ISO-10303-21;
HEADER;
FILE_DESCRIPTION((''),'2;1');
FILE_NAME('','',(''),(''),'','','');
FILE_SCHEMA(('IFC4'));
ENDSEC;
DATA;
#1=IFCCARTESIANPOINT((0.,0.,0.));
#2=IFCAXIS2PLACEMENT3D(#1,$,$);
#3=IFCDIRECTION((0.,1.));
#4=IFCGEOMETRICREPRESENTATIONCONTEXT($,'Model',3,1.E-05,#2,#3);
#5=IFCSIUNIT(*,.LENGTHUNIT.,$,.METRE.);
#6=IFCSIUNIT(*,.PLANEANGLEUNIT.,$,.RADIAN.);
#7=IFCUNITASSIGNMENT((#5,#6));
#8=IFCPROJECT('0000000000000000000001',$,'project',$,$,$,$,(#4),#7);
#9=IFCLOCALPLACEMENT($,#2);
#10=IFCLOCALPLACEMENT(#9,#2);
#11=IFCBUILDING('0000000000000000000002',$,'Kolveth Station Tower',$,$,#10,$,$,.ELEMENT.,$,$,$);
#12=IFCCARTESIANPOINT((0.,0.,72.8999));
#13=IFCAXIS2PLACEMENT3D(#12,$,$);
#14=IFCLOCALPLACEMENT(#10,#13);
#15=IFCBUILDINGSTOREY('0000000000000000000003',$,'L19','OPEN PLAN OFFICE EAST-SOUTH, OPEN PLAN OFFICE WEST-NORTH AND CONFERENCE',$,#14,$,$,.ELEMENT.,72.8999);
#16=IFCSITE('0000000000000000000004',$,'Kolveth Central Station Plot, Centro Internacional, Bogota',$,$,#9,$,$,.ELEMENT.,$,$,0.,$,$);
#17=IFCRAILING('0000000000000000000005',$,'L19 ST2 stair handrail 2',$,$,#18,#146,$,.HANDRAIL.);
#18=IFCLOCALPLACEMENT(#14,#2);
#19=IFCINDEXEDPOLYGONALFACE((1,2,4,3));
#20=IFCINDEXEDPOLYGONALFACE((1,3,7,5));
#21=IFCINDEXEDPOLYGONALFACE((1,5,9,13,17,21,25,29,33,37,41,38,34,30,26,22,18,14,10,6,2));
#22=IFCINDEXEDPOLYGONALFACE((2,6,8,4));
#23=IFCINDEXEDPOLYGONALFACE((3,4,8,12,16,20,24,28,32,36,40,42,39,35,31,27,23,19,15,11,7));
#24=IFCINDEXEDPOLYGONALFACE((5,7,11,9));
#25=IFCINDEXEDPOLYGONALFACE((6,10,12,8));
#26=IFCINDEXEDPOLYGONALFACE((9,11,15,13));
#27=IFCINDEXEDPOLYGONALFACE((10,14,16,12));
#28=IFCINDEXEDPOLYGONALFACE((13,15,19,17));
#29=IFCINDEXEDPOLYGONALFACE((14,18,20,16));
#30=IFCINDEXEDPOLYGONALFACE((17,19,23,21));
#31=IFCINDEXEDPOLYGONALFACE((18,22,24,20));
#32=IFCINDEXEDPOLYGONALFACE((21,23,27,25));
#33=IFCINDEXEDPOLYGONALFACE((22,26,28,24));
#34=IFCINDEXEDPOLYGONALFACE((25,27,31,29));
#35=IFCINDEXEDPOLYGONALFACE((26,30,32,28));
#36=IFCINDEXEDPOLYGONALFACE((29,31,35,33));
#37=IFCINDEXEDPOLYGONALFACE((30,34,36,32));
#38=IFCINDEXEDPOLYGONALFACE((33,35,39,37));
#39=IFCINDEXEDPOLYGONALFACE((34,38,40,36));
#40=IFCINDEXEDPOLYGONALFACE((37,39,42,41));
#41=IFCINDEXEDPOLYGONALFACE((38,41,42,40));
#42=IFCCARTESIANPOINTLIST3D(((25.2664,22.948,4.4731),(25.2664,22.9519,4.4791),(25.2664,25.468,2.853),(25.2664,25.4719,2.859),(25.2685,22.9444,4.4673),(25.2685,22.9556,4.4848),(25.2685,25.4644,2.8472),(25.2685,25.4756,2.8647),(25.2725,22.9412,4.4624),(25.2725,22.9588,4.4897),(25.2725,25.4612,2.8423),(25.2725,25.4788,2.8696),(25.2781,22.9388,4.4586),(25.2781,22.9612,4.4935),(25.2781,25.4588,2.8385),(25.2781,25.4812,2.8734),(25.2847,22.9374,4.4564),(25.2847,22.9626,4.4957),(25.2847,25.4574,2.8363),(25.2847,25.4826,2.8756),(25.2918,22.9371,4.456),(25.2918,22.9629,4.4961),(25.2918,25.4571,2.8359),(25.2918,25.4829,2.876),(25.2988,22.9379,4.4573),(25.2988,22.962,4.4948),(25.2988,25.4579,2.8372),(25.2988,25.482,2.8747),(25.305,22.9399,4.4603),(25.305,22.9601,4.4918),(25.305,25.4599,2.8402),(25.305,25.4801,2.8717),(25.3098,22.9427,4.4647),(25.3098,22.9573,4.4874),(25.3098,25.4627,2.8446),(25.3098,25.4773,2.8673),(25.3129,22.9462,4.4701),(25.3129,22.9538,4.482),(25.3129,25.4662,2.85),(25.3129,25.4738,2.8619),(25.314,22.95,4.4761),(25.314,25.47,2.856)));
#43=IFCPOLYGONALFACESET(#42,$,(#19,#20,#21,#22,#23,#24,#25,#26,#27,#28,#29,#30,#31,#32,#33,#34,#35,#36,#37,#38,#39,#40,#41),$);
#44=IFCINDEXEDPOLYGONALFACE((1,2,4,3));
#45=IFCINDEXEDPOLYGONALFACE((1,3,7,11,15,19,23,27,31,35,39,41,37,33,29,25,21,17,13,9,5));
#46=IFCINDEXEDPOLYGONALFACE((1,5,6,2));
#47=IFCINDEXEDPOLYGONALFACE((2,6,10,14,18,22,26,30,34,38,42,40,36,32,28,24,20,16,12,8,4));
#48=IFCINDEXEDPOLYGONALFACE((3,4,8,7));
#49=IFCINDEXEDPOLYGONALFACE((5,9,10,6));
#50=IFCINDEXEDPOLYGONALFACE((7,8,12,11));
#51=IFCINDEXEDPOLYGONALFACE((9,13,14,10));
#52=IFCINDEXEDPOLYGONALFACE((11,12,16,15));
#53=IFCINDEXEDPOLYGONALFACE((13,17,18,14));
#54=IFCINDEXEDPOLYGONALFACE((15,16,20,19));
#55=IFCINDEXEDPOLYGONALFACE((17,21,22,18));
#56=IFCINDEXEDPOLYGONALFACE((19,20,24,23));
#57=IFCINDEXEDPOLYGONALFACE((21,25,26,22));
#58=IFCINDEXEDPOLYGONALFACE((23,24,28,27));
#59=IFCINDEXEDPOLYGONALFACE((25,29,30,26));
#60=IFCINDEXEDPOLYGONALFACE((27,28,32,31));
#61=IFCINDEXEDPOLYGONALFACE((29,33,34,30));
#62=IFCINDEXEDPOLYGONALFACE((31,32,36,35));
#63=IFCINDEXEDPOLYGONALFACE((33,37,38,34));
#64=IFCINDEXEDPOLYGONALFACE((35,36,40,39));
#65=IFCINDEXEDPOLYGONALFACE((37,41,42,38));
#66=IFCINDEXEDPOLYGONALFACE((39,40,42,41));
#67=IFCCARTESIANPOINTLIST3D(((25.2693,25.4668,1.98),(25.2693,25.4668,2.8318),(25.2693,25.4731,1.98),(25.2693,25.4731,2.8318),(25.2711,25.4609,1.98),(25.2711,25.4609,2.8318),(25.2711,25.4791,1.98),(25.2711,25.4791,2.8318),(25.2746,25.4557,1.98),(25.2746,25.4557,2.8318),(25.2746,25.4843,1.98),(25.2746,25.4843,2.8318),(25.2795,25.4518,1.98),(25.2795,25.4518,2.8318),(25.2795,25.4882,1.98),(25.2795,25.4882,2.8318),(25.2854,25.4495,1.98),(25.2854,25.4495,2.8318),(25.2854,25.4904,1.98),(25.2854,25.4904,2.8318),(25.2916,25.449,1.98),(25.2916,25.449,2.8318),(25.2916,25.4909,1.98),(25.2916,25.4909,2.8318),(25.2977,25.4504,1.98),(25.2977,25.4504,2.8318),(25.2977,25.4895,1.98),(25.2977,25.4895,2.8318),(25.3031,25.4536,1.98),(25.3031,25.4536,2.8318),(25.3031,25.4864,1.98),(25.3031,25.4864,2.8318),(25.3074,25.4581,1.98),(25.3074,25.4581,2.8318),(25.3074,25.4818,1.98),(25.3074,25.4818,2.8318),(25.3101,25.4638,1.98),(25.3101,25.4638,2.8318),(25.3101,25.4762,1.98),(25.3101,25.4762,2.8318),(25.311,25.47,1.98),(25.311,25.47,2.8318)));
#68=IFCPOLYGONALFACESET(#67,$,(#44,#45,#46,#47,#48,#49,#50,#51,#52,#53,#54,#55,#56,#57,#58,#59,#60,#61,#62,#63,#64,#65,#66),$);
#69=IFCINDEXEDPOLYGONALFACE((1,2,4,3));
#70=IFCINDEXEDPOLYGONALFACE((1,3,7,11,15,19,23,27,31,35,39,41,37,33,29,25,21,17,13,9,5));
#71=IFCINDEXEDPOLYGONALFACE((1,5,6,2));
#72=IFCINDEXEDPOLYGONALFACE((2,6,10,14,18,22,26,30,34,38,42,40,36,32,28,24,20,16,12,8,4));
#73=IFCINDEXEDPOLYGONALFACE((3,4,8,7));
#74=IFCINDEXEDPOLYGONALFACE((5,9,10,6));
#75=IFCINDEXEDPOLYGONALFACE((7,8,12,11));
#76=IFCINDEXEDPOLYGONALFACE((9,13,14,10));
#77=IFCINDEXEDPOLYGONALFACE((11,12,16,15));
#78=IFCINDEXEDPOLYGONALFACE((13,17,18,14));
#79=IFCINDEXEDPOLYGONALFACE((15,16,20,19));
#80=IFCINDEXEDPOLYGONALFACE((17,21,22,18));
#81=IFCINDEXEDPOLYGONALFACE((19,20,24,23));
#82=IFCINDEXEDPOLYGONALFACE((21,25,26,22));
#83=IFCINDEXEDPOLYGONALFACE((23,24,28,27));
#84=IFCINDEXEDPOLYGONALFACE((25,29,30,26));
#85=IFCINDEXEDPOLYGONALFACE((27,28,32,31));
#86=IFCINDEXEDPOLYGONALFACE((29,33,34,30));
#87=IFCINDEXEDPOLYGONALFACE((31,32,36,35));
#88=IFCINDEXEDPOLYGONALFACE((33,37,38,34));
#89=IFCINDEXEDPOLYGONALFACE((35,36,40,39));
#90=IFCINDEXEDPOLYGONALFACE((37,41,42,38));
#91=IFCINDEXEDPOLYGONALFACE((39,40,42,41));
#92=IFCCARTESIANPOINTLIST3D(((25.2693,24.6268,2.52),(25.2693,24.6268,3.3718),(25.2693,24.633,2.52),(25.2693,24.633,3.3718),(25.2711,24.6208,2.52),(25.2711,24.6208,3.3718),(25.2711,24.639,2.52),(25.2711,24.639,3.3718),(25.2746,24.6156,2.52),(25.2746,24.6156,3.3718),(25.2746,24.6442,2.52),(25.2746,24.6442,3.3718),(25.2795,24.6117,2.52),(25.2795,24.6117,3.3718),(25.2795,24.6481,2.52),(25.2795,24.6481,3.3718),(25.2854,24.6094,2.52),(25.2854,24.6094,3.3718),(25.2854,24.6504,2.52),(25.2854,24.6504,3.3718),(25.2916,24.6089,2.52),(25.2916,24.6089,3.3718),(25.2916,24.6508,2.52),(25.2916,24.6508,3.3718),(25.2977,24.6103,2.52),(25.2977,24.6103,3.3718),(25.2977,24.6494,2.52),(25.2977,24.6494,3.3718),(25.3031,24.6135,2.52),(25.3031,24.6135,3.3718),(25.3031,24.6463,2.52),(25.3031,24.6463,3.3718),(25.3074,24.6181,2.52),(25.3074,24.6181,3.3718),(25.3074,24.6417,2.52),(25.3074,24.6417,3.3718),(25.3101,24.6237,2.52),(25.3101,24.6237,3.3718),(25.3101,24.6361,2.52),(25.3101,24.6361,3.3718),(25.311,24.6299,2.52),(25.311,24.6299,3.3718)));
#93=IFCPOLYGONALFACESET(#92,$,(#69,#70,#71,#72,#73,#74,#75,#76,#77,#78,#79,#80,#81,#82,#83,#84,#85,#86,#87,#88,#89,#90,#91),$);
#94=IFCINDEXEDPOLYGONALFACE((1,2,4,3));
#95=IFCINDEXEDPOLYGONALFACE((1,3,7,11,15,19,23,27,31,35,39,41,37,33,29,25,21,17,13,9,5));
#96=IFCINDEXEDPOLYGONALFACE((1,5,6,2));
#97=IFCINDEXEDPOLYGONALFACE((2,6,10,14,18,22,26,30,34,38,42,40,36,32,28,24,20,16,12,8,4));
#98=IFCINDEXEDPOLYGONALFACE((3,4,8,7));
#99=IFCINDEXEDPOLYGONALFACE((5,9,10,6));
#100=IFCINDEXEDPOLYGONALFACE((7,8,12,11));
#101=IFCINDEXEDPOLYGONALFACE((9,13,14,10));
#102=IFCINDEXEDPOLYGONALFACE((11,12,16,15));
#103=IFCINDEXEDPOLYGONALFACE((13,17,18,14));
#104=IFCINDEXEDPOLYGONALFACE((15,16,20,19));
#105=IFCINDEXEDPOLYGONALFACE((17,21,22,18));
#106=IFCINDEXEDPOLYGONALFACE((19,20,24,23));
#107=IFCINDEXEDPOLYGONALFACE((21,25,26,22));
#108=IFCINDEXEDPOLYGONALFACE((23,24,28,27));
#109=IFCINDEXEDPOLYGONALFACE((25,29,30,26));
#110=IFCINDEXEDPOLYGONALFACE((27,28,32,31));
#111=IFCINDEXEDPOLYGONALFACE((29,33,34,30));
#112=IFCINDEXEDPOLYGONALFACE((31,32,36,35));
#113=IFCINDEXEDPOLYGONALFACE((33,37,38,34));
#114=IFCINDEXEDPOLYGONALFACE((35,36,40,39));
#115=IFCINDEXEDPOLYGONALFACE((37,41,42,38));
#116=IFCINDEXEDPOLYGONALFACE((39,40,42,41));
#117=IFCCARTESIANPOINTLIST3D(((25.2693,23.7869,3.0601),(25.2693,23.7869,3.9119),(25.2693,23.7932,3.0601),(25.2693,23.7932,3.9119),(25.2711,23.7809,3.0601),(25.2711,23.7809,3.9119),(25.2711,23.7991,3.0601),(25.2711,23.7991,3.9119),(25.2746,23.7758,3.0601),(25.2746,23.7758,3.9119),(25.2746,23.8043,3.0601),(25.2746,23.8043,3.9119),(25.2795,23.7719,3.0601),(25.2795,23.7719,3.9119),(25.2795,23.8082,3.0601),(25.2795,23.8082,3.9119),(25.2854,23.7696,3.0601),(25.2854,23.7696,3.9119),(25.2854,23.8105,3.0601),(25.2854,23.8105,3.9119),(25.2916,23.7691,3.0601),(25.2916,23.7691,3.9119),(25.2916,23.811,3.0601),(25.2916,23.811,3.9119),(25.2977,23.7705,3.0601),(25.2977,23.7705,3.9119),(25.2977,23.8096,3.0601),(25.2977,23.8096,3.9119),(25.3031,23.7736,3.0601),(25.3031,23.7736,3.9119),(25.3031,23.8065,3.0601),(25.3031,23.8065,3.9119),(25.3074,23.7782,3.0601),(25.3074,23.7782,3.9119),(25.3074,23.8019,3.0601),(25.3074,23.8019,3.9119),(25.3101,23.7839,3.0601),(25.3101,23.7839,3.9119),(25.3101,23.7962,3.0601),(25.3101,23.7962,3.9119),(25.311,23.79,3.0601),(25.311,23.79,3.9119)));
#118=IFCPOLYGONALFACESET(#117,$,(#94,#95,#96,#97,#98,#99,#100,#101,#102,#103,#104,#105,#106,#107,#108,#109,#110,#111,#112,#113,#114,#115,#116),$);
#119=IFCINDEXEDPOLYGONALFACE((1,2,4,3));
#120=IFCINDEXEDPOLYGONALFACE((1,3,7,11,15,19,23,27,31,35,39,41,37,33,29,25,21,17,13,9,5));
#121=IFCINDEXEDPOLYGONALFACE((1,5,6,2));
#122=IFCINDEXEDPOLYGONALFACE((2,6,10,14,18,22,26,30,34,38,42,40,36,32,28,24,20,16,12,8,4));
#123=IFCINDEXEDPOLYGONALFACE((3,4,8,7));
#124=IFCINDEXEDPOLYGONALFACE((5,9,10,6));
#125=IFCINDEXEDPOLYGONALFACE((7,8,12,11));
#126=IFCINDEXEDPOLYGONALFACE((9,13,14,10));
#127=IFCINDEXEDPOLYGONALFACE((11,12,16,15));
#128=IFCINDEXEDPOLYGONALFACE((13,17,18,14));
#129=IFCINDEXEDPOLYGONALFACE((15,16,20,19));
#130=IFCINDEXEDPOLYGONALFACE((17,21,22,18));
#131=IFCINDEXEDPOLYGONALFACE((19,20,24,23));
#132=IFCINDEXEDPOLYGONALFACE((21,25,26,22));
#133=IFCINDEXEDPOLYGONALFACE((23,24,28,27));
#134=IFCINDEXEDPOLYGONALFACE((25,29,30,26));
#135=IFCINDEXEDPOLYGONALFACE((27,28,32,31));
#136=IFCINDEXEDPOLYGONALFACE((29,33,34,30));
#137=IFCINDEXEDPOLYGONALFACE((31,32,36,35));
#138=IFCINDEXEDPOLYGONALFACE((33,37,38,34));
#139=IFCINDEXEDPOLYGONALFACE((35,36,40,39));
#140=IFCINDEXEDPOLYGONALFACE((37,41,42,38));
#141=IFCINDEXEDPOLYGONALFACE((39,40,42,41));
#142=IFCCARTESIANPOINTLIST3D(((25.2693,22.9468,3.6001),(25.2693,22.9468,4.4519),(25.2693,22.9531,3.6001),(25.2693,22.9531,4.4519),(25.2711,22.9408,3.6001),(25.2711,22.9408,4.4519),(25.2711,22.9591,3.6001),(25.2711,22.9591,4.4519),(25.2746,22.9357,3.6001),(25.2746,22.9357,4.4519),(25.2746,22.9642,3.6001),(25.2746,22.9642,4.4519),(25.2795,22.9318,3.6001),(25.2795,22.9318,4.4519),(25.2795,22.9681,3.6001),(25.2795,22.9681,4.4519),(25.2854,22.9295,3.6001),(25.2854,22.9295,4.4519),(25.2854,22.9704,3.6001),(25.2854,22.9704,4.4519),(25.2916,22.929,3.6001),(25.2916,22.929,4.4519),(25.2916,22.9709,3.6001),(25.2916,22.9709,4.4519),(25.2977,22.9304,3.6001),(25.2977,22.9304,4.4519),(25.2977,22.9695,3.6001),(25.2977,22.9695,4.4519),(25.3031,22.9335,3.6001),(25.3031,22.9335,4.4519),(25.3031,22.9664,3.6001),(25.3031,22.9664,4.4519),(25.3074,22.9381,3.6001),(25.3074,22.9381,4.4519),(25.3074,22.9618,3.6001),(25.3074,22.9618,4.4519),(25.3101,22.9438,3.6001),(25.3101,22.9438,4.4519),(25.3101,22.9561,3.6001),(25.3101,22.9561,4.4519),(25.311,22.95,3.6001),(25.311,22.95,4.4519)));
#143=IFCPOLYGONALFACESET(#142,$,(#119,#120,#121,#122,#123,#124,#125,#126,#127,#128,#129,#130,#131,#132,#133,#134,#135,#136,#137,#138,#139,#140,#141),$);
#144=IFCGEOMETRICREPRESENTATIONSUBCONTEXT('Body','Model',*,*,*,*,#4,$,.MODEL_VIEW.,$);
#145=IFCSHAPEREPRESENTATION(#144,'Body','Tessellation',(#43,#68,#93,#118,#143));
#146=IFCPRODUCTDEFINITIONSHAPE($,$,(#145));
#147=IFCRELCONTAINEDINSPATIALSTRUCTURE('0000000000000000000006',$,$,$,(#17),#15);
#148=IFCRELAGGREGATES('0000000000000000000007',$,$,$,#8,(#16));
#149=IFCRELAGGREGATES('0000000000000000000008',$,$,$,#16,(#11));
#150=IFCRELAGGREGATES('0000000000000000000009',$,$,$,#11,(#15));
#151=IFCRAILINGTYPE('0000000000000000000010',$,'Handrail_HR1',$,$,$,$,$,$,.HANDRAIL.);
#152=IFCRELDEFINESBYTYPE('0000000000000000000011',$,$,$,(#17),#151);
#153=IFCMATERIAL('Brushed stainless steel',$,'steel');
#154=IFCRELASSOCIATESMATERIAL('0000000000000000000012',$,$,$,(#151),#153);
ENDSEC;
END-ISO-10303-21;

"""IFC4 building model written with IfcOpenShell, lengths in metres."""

from ifc_helpers import new_model, si_unit, direction, frame, origin, origin_2d, place, context, subcontext, project, spatial, circle, extrude, material, type_object, element, save


model = new_model("IFC4")

# Units and contexts
model_context = context("Model", 3, precision=1e-05, world=origin(), true_north=direction((0.0, 1.0)))
body_context = subcontext(model_context, "Body", "Model", "MODEL_VIEW")
ifc_project = project(units=[si_unit("LENGTHUNIT", "METRE"), si_unit("PLANEANGLEUNIT", "RADIAN")], contexts=[model_context])

# Site, building, storey
site_placement = place(None, origin())
site = spatial("IfcSite", under=ifc_project, at=site_placement, Name="Kolveth Central Station Plot, Centro Internacional, Bogota", CompositionType="ELEMENT", RefElevation=0.0)
building_placement = place(site_placement, origin())
building = spatial("IfcBuilding", under=site, at=building_placement, Name="Kolveth Station Tower", CompositionType="ELEMENT")
storey_placement = place(building_placement, frame((0.0, 0.0, 72.8999)))
storey = spatial("IfcBuildingStorey", under=building, at=storey_placement, Name="L19", Description="OPEN PLAN OFFICE EAST-SOUTH, OPEN PLAN OFFICE WEST-NORTH AND CONFERENCE", CompositionType="ELEMENT", Elevation=72.8999)

# Railing
ifc_material_1 = material(Name="Brushed stainless steel", Category="steel")
railing_type_1 = type_object("IfcRailingType", Name="Handrail_HR1", PredefinedType="HANDRAIL", material=ifc_material_1)
railing_1_placement = place(storey_placement, frame((25.29, 25.47, 1.98)))
element("IfcRailing", 1, at=railing_1_placement, inside=storey, type_object=railing_type_1, Name="L19 ST2 stair handrail 2", PredefinedType="HANDRAIL", context=body_context, shape_type="SweptSolid", body=[
    extrude(circle(Radius=0.0239, at=origin_2d()), frame((0.0, 0.0, 0.876), z_axis=(0.0, -0.841163, 0.540782), x_axis=(1.0, 0.0, 0.0)), (0.0, 0.0, 1.0), 2.9958),
    extrude(circle(Radius=0.021, at=origin_2d()), origin(), (0.0, 0.0, 1.0), 0.8518),
    extrude(circle(Radius=0.021, at=origin_2d()), frame((0.0, -0.8401, 0.54)), (0.0, 0.0, 1.0), 0.8518),
    extrude(circle(Radius=0.021, at=origin_2d()), frame((0.0, -1.6799, 1.0801)), (0.0, 0.0, 1.0), 0.8518),
    extrude(circle(Radius=0.021, at=origin_2d()), frame((0.0, -2.52, 1.6201)), (0.0, 0.0, 1.0), 0.8518),
])

save(model, "model.ifc")
